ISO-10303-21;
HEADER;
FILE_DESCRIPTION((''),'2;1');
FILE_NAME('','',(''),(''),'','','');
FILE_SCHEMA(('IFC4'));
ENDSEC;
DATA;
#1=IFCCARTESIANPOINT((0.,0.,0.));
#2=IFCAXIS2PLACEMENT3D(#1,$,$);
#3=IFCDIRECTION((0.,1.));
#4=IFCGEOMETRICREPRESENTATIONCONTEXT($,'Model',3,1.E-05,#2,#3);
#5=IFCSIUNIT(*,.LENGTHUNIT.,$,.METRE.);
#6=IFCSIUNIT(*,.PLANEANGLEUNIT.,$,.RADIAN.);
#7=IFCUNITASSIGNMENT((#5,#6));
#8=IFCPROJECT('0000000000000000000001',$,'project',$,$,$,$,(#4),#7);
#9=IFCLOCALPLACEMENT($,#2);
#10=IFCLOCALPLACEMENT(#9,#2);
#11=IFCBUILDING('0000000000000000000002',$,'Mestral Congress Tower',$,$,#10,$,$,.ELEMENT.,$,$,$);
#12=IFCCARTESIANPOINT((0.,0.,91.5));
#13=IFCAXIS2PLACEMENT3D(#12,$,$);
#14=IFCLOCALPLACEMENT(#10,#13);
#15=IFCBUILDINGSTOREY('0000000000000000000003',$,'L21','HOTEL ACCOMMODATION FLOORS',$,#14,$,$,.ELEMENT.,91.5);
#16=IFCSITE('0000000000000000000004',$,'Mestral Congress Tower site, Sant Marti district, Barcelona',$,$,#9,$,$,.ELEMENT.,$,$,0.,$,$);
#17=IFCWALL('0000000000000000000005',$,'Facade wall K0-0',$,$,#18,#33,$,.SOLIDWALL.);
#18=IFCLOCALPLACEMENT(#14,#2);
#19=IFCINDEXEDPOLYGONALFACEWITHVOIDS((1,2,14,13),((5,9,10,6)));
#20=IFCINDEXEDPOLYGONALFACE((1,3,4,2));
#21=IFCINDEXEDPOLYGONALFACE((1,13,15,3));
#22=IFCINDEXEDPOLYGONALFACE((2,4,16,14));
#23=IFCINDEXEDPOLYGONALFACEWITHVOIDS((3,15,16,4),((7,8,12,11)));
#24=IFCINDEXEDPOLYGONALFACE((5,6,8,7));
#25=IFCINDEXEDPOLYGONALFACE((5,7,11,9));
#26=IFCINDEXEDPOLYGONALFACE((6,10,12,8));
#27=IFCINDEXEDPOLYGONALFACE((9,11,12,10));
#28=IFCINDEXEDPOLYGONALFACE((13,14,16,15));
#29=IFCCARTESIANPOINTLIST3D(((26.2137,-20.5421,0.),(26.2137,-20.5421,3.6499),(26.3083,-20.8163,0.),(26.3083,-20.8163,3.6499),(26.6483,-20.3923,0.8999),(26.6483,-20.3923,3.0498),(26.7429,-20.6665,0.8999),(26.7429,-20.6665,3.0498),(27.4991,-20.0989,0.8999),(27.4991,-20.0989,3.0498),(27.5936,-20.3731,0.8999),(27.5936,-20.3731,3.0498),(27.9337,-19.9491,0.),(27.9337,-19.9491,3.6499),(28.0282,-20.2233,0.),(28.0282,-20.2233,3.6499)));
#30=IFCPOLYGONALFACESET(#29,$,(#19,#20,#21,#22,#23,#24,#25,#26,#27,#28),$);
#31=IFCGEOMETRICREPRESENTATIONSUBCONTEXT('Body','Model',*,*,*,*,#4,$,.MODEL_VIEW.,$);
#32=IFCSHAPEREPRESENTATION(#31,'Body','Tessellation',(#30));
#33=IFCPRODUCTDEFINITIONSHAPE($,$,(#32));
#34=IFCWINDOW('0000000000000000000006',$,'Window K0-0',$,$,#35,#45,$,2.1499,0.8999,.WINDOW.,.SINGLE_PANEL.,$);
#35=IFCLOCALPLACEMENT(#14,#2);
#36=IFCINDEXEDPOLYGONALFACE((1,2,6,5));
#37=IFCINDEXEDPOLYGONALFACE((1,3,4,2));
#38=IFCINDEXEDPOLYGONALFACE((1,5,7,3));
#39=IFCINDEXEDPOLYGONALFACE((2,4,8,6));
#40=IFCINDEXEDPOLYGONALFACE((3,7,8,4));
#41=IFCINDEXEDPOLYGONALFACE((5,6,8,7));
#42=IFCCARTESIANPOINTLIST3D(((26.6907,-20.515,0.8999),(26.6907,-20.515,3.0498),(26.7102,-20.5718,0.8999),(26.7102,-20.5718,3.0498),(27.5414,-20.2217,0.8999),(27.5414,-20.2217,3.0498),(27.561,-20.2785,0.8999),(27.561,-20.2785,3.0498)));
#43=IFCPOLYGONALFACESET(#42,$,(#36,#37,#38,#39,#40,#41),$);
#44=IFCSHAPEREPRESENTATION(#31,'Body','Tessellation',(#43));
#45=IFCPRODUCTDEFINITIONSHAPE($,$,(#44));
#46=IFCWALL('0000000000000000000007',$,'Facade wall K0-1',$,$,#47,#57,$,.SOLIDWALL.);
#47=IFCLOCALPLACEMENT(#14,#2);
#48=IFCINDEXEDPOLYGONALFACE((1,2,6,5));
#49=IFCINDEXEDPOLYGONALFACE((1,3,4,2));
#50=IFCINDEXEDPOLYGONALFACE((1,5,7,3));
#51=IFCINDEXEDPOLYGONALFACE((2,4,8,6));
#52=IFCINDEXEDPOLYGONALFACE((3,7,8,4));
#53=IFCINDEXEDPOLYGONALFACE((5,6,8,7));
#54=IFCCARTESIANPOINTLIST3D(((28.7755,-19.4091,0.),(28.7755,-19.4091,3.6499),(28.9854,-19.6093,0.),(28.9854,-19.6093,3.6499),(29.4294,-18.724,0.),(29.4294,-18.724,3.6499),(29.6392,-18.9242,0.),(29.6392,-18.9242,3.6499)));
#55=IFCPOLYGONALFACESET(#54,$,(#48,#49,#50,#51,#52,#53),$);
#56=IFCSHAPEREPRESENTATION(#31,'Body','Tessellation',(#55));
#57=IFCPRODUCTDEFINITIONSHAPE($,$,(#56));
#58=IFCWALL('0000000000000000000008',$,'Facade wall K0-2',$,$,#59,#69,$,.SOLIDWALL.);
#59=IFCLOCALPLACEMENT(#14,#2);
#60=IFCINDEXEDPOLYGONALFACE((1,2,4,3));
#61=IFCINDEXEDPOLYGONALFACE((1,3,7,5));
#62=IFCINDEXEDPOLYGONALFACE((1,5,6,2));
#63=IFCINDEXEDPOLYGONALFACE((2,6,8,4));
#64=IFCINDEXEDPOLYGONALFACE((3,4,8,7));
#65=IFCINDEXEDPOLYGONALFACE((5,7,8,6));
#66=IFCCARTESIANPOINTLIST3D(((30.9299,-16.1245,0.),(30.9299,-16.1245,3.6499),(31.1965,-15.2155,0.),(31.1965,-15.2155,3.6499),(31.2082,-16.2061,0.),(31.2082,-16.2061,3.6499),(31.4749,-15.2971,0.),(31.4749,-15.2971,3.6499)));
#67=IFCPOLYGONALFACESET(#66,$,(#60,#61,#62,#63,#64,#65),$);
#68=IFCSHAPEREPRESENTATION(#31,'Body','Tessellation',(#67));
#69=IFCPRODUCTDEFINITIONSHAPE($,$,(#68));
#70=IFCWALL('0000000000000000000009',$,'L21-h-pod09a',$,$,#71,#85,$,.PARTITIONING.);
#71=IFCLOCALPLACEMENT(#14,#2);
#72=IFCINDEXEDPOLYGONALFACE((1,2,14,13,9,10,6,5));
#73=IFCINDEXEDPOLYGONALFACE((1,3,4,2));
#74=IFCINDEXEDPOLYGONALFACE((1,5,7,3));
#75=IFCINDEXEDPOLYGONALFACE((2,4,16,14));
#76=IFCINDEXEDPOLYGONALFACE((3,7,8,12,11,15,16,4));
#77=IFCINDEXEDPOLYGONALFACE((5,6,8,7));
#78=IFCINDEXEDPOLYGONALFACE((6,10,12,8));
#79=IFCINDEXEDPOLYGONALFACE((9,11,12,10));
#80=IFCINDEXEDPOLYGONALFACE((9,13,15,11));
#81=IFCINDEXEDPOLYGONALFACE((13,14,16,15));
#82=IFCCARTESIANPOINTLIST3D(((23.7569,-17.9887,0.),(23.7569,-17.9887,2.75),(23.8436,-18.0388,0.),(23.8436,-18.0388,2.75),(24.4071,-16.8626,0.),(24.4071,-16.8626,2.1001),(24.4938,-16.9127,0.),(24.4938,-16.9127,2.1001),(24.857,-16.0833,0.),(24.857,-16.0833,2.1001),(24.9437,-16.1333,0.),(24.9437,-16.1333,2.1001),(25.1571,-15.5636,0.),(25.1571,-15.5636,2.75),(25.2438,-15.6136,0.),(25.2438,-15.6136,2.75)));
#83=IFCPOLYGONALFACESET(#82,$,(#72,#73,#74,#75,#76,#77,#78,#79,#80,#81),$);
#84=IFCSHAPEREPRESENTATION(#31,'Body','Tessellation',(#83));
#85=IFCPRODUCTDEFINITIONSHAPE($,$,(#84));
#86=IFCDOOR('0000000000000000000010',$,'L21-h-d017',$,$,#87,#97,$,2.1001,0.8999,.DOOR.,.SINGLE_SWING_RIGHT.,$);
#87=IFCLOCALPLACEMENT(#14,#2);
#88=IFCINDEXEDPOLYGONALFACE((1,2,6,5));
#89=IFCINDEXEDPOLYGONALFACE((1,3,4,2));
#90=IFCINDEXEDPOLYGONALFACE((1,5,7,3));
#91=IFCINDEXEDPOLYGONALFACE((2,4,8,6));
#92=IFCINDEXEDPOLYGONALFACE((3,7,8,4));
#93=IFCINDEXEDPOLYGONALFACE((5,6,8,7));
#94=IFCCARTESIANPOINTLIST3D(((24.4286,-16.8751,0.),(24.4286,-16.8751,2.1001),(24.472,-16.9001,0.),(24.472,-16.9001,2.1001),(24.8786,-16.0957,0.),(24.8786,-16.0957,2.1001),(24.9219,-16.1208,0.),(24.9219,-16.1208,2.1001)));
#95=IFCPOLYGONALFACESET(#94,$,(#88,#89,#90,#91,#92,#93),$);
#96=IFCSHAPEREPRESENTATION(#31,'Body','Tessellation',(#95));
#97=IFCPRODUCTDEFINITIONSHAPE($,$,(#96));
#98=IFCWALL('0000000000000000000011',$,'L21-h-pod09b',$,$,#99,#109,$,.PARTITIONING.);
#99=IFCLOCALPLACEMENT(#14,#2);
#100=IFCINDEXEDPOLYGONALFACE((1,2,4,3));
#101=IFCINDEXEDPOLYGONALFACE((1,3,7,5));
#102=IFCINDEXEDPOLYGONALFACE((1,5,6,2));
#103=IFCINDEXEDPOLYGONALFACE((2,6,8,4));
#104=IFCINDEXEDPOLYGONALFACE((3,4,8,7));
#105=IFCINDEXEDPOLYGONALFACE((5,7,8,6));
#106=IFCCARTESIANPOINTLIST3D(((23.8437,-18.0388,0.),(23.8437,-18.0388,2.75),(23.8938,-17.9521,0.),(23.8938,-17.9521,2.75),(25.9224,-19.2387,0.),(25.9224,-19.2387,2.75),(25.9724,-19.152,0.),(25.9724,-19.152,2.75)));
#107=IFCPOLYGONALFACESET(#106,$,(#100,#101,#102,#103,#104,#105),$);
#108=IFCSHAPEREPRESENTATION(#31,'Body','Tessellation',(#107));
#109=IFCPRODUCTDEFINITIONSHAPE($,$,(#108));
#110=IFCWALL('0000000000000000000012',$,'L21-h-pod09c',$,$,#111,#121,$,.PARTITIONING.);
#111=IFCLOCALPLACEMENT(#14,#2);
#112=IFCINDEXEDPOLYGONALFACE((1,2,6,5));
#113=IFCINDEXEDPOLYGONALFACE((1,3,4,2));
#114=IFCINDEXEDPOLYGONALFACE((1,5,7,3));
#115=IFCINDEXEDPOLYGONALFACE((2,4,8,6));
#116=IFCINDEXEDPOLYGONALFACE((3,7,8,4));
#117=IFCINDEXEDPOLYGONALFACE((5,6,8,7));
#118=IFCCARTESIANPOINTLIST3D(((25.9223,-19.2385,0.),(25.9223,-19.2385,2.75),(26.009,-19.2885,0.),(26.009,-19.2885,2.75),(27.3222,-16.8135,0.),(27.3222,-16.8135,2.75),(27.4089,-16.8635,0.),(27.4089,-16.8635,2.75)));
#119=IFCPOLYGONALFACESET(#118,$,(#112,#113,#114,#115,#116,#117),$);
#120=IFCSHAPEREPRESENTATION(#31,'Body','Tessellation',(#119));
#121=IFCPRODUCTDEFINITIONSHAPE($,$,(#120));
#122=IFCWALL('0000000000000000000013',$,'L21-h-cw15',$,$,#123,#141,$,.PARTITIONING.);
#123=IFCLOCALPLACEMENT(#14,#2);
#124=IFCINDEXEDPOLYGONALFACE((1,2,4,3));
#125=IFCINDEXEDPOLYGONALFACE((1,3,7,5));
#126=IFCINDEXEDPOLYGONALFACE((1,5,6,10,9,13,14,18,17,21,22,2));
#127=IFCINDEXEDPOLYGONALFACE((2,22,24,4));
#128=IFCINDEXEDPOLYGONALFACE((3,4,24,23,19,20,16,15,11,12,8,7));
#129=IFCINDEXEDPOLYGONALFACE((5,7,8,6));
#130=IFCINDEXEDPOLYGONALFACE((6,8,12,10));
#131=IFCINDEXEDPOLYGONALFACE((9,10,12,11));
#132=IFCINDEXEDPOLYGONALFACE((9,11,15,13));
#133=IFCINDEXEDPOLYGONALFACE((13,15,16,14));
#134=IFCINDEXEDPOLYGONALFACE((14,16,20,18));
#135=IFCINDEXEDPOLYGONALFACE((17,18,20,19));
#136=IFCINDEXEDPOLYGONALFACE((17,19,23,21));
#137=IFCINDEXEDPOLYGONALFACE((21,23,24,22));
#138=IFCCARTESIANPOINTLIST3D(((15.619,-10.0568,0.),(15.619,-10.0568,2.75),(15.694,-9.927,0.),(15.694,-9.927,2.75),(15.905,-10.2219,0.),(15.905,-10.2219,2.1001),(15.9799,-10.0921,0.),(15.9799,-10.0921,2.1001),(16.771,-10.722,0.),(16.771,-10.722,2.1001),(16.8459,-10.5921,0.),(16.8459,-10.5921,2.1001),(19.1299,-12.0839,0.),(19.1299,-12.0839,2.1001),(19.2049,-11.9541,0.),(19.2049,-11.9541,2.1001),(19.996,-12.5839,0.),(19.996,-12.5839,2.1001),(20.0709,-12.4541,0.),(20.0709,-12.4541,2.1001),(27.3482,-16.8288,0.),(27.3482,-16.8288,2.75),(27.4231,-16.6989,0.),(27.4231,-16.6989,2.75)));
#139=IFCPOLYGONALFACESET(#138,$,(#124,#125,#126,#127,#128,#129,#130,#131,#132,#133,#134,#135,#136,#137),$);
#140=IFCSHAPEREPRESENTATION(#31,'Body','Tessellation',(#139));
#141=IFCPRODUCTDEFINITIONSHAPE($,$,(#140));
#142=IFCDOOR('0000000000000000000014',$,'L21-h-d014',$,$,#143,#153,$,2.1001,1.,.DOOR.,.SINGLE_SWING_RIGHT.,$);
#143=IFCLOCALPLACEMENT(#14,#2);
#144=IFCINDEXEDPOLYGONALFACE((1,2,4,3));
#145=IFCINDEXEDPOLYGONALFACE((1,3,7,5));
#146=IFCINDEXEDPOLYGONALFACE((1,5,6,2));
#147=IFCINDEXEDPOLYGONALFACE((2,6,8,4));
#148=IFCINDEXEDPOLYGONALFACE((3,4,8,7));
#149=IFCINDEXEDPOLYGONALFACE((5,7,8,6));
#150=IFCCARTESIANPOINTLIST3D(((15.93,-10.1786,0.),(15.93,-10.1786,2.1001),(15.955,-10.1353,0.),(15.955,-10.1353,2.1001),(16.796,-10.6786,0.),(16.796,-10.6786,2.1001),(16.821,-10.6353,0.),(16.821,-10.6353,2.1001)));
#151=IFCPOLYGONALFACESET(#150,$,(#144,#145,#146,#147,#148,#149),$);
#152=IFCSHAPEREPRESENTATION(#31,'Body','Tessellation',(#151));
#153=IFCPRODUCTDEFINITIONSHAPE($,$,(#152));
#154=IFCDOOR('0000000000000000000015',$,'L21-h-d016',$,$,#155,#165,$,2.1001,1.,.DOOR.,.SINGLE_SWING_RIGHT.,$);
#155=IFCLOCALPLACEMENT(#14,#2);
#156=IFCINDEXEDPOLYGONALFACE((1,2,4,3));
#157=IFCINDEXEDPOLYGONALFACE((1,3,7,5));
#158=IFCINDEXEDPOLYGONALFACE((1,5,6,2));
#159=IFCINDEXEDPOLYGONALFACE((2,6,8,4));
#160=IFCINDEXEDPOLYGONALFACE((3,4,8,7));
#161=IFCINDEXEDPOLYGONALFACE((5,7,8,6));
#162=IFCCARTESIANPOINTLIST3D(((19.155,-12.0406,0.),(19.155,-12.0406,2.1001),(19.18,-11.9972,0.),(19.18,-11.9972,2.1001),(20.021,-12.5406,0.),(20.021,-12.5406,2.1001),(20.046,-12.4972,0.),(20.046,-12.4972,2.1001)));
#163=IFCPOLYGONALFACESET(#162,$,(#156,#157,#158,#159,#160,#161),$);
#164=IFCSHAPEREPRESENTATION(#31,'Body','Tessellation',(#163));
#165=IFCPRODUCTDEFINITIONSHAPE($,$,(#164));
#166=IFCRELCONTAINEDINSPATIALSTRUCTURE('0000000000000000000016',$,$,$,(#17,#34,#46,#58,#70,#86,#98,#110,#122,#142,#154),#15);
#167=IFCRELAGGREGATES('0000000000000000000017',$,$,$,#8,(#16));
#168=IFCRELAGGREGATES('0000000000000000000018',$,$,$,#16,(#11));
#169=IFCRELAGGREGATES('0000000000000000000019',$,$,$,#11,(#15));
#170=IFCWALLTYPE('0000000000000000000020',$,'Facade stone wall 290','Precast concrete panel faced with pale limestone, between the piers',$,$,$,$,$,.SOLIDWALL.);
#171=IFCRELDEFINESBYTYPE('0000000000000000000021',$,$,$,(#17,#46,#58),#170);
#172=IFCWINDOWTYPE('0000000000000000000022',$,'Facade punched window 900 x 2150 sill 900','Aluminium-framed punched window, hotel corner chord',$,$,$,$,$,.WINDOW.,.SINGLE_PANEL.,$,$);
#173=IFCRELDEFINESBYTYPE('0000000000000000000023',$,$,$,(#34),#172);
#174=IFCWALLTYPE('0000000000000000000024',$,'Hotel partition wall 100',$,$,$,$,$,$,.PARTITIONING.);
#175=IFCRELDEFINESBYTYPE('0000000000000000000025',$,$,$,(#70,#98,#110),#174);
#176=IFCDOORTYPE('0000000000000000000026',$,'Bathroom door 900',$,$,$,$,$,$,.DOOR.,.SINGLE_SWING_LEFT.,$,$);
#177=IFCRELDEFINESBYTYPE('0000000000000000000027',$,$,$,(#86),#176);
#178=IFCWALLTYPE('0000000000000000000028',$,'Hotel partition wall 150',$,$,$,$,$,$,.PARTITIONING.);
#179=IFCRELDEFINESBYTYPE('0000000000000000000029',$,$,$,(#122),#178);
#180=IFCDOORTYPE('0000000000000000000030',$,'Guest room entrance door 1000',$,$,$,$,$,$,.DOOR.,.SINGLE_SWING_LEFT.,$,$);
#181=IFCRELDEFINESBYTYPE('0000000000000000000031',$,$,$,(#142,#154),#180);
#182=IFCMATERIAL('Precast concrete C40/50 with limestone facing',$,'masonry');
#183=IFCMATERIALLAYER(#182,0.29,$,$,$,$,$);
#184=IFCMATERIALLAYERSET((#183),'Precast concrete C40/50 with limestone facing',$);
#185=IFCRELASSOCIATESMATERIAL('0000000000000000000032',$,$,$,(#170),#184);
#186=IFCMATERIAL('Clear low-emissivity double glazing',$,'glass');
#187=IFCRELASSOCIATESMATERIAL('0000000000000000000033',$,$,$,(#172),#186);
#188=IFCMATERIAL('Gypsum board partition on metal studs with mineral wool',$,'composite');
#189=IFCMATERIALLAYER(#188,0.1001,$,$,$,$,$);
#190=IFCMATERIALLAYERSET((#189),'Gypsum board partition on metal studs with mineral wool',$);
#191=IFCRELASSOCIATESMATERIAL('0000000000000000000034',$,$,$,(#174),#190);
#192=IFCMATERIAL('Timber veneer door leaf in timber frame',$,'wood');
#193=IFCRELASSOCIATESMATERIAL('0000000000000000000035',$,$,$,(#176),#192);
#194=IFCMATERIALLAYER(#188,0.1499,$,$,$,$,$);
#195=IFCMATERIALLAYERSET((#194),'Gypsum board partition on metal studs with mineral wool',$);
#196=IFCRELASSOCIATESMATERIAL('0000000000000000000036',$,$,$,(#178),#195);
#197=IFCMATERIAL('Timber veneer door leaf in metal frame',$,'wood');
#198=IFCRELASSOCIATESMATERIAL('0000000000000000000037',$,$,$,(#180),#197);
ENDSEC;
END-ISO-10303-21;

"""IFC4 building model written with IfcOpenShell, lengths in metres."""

from ifc_helpers import new_model, si_unit, direction, frame, frame_2d, origin, place, context, subcontext, project, spatial, rectangle, extrude, material, layer, layer_set, type_object, element, fill, save


model = new_model("IFC4")

# Units and contexts
model_context = context("Model", 3, precision=1e-05, world=origin(), true_north=direction((0.0, 1.0)))
body_context = subcontext(model_context, "Body", "Model", "MODEL_VIEW")
ifc_project = project(units=[si_unit("LENGTHUNIT", "METRE"), si_unit("PLANEANGLEUNIT", "RADIAN")], contexts=[model_context])

# Site, building, storey
site_placement = place(None, origin())
site = spatial("IfcSite", under=ifc_project, at=site_placement, Name="Mestral Congress Tower site, Sant Marti district, Barcelona", CompositionType="ELEMENT", RefElevation=0.0)
building_placement = place(site_placement, origin())
building = spatial("IfcBuilding", under=site, at=building_placement, Name="Mestral Congress Tower", CompositionType="ELEMENT")
storey_placement = place(building_placement, frame((0.0, 0.0, 91.5)))
storey = spatial("IfcBuildingStorey", under=building, at=storey_placement, Name="L21", Description="HOTEL ACCOMMODATION FLOORS", CompositionType="ELEMENT", Elevation=91.5)

# Shared definitions
ifc_material_1 = material(Name="Precast concrete C40/50 with limestone facing", Category="masonry")
ifc_layer_1 = layer(ifc_material_1, 0.29)
ifc_layer_set_1 = layer_set([ifc_layer_1], Name="Precast concrete C40/50 with limestone facing")
wall_type_1 = type_object("IfcWallType", Name="Facade stone wall 290", Description="Precast concrete panel faced with pale limestone, between the piers", PredefinedType="SOLIDWALL", material=ifc_layer_set_1)
ifc_material_2 = material(Name="Clear low-emissivity double glazing", Category="glass")

# Wall, opening, window
wall_1_placement = place(storey_placement, frame((26.261, -20.6792, 0.0), z_axis=(0.0, 0.0, 1.0), x_axis=(0.945386, 0.325953, 0.0)))
wall_1 = element("IfcWall", 1, at=wall_1_placement, inside=storey, type_object=wall_type_1, Name="Facade wall K0-0", PredefinedType="SOLIDWALL", context=body_context, shape_type="SweptSolid", body=[
    extrude(rectangle(XDim=1.8193, YDim=0.29, at=frame_2d((0.9097, 0.0))), origin(), (0.0, 0.0, 1.0), 3.6499),
])
opening_1_placement = place(wall_1_placement, frame((0.4597, 0.0, 0.8999)))
opening_1 = element("IfcOpeningElement", 2, at=opening_1_placement, cuts=wall_1, PredefinedType="OPENING", context=body_context, shape_type="SweptSolid", body=[
    extrude(rectangle(XDim=0.8999, YDim=2.1499, at=frame_2d((0.45, 1.075))), frame((0.0, 0.155, 0.0), z_axis=(0.0, -1.0, 0.0), x_axis=(1.0, 0.0, 0.0)), (0.0, 0.0, 1.0), 0.3101),
])
window_type_1 = type_object("IfcWindowType", Name="Facade punched window 900 x 2150 sill 900", Description="Aluminium-framed punched window, hotel corner chord", PartitioningType="SINGLE_PANEL", PredefinedType="WINDOW", material=ifc_material_2)
window_1_placement = place(opening_1_placement, origin())
window_1 = element("IfcWindow", 3, at=window_1_placement, inside=storey, type_object=window_type_1, Name="Window K0-0", OverallHeight=2.1499, OverallWidth=0.8999, PartitioningType="SINGLE_PANEL", PredefinedType="WINDOW", context=body_context, shape_type="SweptSolid", body=[
    extrude(rectangle(XDim=0.8999, YDim=2.1499, at=frame_2d((0.45, 1.075))), frame((0.0, 0.0151, 0.0), z_axis=(0.0, -1.0, 0.0), x_axis=(1.0, 0.0, 0.0)), (0.0, 0.0, 1.0), 0.0601),
])
fill(opening_1, window_1)

# Walls
wall_2_placement = place(storey_placement, frame((28.8804, -19.5093, 0.0), z_axis=(0.0, 0.0, 1.0), x_axis=(0.690414, 0.723414, 0.0)))
element("IfcWall", 4, at=wall_2_placement, inside=storey, type_object=wall_type_1, Name="Facade wall K0-1", PredefinedType="SOLIDWALL", context=body_context, shape_type="SweptSolid", body=[
    extrude(rectangle(XDim=0.947, YDim=0.29, at=frame_2d((0.4736, 0.0))), origin(), (0.0, 0.0, 1.0), 3.6499),
])
wall_3_placement = place(storey_placement, frame((31.0691, -16.1653, 0.0), z_axis=(0.0, 0.0, 1.0), x_axis=(0.281455, 0.959575, 0.0)))
element("IfcWall", 5, at=wall_3_placement, inside=storey, type_object=wall_type_1, Name="Facade wall K0-2", PredefinedType="SOLIDWALL", context=body_context, shape_type="SweptSolid", body=[
    extrude(rectangle(XDim=0.9473, YDim=0.29, at=frame_2d((0.4736, 0.0))), origin(), (0.0, 0.0, 1.0), 3.6499),
])

# Wall, opening, door
ifc_material_3 = material(Name="Gypsum board partition on metal studs with mineral wool", Category="composite")
ifc_layer_2 = layer(ifc_material_3, 0.1001)
ifc_layer_set_2 = layer_set([ifc_layer_2], Name="Gypsum board partition on metal studs with mineral wool")
wall_type_2 = type_object("IfcWallType", Name="Hotel partition wall 100", PredefinedType="PARTITIONING", material=ifc_layer_set_2)
wall_4_placement = place(storey_placement, frame((25.2004, -15.5886, 0.0), z_axis=(0.0, 0.0, 1.0), x_axis=(-0.500012, -0.866019, 0.0)))
wall_4 = element("IfcWall", 6, at=wall_4_placement, inside=storey, type_object=wall_type_2, Name="L21-h-pod09a", PredefinedType="PARTITIONING", context=body_context, shape_type="SweptSolid", body=[
    extrude(rectangle(XDim=2.8003, YDim=0.1001, at=frame_2d((1.4001, 0.0))), origin(), (0.0, 0.0, 1.0), 2.75),
])
opening_2_placement = place(wall_4_placement, frame((0.6001, 0.0, 0.0)))
opening_2 = element("IfcOpeningElement", 7, at=opening_2_placement, cuts=wall_4, PredefinedType="OPENING", context=body_context, shape_type="SweptSolid", body=[
    extrude(rectangle(XDim=0.8999, YDim=2.1001, at=frame_2d((0.45, 1.05))), frame((0.0, 0.0601, 0.0), z_axis=(0.0, -1.0, 0.0), x_axis=(1.0, 0.0, 0.0)), (0.0, 0.0, 1.0), 0.1201),
])
ifc_material_4 = material(Name="Timber veneer door leaf in timber frame", Category="wood")
door_type_1 = type_object("IfcDoorType", Name="Bathroom door 900", OperationType="SINGLE_SWING_LEFT", PredefinedType="DOOR", material=ifc_material_4)
door_1_placement = place(opening_2_placement, origin())
door_1 = element("IfcDoor", 8, at=door_1_placement, inside=storey, type_object=door_type_1, Name="L21-h-d017", OperationType="SINGLE_SWING_RIGHT", OverallHeight=2.1001, OverallWidth=0.8999, PredefinedType="DOOR", context=body_context, shape_type="SweptSolid", body=[
    extrude(rectangle(XDim=0.8999, YDim=2.1001, at=frame_2d((0.45, 1.05))), frame((0.0, 0.0249, 0.0), z_axis=(0.0, -1.0, 0.0), x_axis=(1.0, 0.0, 0.0)), (0.0, 0.0, 1.0), 0.05),
])
fill(opening_2, door_1)

# Walls
wall_5_placement = place(storey_placement, frame((23.8687, -17.9954, 0.0), z_axis=(0.0, 0.0, 1.0), x_axis=(0.86605, -0.499957, 0.0)))
element("IfcWall", 9, at=wall_5_placement, inside=storey, type_object=wall_type_2, Name="L21-h-pod09b", PredefinedType="PARTITIONING", context=body_context, shape_type="SweptSolid", body=[
    extrude(rectangle(XDim=2.4001, YDim=0.1001, at=frame_2d((1.2002, 0.0))), origin(), (0.0, 0.0, 1.0), 2.75),
])
wall_6_placement = place(storey_placement, frame((27.3655, -16.8386, 0.0), z_axis=(0.0, 0.0, 1.0), x_axis=(-0.499946, -0.866056, 0.0)))
element("IfcWall", 10, at=wall_6_placement, inside=storey, type_object=wall_type_2, Name="L21-h-pod09c", PredefinedType="PARTITIONING", context=body_context, shape_type="SweptSolid", body=[
    extrude(rectangle(XDim=2.8, YDim=0.1001, at=frame_2d((1.3999, 0.0))), origin(), (0.0, 0.0, 1.0), 2.75),
])

# Wall, openings, doors
ifc_layer_3 = layer(ifc_material_3, 0.1499)
ifc_layer_set_3 = layer_set([ifc_layer_3], Name="Gypsum board partition on metal studs with mineral wool")
wall_type_3 = type_object("IfcWallType", Name="Hotel partition wall 150", PredefinedType="PARTITIONING", material=ifc_layer_set_3)
wall_7_placement = place(storey_placement, frame((27.3857, -16.7639, 0.0), z_axis=(0.0, 0.0, 1.0), x_axis=(-0.866023, 0.500005, 0.0)))
wall_7 = element("IfcWall", 11, at=wall_7_placement, inside=storey, type_object=wall_type_3, Name="L21-h-cw15", PredefinedType="PARTITIONING", context=body_context, shape_type="SweptSolid", body=[
    extrude(rectangle(XDim=13.5437, YDim=0.1499, at=frame_2d((6.772, 0.0))), origin(), (0.0, 0.0, 1.0), 2.75),
])
opening_3_placement = place(wall_7_placement, frame((12.2136, 0.0, 0.0)))
opening_3 = element("IfcOpeningElement", 12, at=opening_3_placement, cuts=wall_7, PredefinedType="OPENING", context=body_context, shape_type="SweptSolid", body=[
    extrude(rectangle(XDim=1.0, YDim=2.1001, at=frame_2d((0.5, 1.05))), frame((0.0, 0.085, 0.0), z_axis=(0.0, -1.0, 0.0), x_axis=(1.0, 0.0, 0.0)), (0.0, 0.0, 1.0), 0.1699),
])
opening_4_placement = place(wall_7_placement, frame((8.4897, 0.0, 0.0)))
opening_4 = element("IfcOpeningElement", 13, at=opening_4_placement, cuts=wall_7, PredefinedType="OPENING", context=body_context, shape_type="SweptSolid", body=[
    extrude(rectangle(XDim=1.0, YDim=2.1001, at=frame_2d((0.5, 1.05))), frame((0.0, 0.085, 0.0), z_axis=(0.0, -1.0, 0.0), x_axis=(1.0, 0.0, 0.0)), (0.0, 0.0, 1.0), 0.1699),
])
ifc_material_5 = material(Name="Timber veneer door leaf in metal frame", Category="wood")
door_type_2 = type_object("IfcDoorType", Name="Guest room entrance door 1000", OperationType="SINGLE_SWING_LEFT", PredefinedType="DOOR", material=ifc_material_5)
door_2_placement = place(opening_3_placement, origin())
door_2 = element("IfcDoor", 14, at=door_2_placement, inside=storey, type_object=door_type_2, Name="L21-h-d014", OperationType="SINGLE_SWING_RIGHT", OverallHeight=2.1001, OverallWidth=1.0, PredefinedType="DOOR", context=body_context, shape_type="SweptSolid", body=[
    extrude(rectangle(XDim=1.0, YDim=2.1001, at=frame_2d((0.5, 1.05))), frame((0.0, 0.0249, 0.0), z_axis=(0.0, -1.0, 0.0), x_axis=(1.0, 0.0, 0.0)), (0.0, 0.0, 1.0), 0.05),
])
fill(opening_3, door_2)
door_3_placement = place(opening_4_placement, origin())
door_3 = element("IfcDoor", 15, at=door_3_placement, inside=storey, type_object=door_type_2, Name="L21-h-d016", OperationType="SINGLE_SWING_RIGHT", OverallHeight=2.1001, OverallWidth=1.0, PredefinedType="DOOR", context=body_context, shape_type="SweptSolid", body=[
    extrude(rectangle(XDim=1.0, YDim=2.1001, at=frame_2d((0.5, 1.05))), frame((0.0, 0.0249, 0.0), z_axis=(0.0, -1.0, 0.0), x_axis=(1.0, 0.0, 0.0)), (0.0, 0.0, 1.0), 0.05),
])
fill(opening_4, door_3)

save(model, "model.ifc")
